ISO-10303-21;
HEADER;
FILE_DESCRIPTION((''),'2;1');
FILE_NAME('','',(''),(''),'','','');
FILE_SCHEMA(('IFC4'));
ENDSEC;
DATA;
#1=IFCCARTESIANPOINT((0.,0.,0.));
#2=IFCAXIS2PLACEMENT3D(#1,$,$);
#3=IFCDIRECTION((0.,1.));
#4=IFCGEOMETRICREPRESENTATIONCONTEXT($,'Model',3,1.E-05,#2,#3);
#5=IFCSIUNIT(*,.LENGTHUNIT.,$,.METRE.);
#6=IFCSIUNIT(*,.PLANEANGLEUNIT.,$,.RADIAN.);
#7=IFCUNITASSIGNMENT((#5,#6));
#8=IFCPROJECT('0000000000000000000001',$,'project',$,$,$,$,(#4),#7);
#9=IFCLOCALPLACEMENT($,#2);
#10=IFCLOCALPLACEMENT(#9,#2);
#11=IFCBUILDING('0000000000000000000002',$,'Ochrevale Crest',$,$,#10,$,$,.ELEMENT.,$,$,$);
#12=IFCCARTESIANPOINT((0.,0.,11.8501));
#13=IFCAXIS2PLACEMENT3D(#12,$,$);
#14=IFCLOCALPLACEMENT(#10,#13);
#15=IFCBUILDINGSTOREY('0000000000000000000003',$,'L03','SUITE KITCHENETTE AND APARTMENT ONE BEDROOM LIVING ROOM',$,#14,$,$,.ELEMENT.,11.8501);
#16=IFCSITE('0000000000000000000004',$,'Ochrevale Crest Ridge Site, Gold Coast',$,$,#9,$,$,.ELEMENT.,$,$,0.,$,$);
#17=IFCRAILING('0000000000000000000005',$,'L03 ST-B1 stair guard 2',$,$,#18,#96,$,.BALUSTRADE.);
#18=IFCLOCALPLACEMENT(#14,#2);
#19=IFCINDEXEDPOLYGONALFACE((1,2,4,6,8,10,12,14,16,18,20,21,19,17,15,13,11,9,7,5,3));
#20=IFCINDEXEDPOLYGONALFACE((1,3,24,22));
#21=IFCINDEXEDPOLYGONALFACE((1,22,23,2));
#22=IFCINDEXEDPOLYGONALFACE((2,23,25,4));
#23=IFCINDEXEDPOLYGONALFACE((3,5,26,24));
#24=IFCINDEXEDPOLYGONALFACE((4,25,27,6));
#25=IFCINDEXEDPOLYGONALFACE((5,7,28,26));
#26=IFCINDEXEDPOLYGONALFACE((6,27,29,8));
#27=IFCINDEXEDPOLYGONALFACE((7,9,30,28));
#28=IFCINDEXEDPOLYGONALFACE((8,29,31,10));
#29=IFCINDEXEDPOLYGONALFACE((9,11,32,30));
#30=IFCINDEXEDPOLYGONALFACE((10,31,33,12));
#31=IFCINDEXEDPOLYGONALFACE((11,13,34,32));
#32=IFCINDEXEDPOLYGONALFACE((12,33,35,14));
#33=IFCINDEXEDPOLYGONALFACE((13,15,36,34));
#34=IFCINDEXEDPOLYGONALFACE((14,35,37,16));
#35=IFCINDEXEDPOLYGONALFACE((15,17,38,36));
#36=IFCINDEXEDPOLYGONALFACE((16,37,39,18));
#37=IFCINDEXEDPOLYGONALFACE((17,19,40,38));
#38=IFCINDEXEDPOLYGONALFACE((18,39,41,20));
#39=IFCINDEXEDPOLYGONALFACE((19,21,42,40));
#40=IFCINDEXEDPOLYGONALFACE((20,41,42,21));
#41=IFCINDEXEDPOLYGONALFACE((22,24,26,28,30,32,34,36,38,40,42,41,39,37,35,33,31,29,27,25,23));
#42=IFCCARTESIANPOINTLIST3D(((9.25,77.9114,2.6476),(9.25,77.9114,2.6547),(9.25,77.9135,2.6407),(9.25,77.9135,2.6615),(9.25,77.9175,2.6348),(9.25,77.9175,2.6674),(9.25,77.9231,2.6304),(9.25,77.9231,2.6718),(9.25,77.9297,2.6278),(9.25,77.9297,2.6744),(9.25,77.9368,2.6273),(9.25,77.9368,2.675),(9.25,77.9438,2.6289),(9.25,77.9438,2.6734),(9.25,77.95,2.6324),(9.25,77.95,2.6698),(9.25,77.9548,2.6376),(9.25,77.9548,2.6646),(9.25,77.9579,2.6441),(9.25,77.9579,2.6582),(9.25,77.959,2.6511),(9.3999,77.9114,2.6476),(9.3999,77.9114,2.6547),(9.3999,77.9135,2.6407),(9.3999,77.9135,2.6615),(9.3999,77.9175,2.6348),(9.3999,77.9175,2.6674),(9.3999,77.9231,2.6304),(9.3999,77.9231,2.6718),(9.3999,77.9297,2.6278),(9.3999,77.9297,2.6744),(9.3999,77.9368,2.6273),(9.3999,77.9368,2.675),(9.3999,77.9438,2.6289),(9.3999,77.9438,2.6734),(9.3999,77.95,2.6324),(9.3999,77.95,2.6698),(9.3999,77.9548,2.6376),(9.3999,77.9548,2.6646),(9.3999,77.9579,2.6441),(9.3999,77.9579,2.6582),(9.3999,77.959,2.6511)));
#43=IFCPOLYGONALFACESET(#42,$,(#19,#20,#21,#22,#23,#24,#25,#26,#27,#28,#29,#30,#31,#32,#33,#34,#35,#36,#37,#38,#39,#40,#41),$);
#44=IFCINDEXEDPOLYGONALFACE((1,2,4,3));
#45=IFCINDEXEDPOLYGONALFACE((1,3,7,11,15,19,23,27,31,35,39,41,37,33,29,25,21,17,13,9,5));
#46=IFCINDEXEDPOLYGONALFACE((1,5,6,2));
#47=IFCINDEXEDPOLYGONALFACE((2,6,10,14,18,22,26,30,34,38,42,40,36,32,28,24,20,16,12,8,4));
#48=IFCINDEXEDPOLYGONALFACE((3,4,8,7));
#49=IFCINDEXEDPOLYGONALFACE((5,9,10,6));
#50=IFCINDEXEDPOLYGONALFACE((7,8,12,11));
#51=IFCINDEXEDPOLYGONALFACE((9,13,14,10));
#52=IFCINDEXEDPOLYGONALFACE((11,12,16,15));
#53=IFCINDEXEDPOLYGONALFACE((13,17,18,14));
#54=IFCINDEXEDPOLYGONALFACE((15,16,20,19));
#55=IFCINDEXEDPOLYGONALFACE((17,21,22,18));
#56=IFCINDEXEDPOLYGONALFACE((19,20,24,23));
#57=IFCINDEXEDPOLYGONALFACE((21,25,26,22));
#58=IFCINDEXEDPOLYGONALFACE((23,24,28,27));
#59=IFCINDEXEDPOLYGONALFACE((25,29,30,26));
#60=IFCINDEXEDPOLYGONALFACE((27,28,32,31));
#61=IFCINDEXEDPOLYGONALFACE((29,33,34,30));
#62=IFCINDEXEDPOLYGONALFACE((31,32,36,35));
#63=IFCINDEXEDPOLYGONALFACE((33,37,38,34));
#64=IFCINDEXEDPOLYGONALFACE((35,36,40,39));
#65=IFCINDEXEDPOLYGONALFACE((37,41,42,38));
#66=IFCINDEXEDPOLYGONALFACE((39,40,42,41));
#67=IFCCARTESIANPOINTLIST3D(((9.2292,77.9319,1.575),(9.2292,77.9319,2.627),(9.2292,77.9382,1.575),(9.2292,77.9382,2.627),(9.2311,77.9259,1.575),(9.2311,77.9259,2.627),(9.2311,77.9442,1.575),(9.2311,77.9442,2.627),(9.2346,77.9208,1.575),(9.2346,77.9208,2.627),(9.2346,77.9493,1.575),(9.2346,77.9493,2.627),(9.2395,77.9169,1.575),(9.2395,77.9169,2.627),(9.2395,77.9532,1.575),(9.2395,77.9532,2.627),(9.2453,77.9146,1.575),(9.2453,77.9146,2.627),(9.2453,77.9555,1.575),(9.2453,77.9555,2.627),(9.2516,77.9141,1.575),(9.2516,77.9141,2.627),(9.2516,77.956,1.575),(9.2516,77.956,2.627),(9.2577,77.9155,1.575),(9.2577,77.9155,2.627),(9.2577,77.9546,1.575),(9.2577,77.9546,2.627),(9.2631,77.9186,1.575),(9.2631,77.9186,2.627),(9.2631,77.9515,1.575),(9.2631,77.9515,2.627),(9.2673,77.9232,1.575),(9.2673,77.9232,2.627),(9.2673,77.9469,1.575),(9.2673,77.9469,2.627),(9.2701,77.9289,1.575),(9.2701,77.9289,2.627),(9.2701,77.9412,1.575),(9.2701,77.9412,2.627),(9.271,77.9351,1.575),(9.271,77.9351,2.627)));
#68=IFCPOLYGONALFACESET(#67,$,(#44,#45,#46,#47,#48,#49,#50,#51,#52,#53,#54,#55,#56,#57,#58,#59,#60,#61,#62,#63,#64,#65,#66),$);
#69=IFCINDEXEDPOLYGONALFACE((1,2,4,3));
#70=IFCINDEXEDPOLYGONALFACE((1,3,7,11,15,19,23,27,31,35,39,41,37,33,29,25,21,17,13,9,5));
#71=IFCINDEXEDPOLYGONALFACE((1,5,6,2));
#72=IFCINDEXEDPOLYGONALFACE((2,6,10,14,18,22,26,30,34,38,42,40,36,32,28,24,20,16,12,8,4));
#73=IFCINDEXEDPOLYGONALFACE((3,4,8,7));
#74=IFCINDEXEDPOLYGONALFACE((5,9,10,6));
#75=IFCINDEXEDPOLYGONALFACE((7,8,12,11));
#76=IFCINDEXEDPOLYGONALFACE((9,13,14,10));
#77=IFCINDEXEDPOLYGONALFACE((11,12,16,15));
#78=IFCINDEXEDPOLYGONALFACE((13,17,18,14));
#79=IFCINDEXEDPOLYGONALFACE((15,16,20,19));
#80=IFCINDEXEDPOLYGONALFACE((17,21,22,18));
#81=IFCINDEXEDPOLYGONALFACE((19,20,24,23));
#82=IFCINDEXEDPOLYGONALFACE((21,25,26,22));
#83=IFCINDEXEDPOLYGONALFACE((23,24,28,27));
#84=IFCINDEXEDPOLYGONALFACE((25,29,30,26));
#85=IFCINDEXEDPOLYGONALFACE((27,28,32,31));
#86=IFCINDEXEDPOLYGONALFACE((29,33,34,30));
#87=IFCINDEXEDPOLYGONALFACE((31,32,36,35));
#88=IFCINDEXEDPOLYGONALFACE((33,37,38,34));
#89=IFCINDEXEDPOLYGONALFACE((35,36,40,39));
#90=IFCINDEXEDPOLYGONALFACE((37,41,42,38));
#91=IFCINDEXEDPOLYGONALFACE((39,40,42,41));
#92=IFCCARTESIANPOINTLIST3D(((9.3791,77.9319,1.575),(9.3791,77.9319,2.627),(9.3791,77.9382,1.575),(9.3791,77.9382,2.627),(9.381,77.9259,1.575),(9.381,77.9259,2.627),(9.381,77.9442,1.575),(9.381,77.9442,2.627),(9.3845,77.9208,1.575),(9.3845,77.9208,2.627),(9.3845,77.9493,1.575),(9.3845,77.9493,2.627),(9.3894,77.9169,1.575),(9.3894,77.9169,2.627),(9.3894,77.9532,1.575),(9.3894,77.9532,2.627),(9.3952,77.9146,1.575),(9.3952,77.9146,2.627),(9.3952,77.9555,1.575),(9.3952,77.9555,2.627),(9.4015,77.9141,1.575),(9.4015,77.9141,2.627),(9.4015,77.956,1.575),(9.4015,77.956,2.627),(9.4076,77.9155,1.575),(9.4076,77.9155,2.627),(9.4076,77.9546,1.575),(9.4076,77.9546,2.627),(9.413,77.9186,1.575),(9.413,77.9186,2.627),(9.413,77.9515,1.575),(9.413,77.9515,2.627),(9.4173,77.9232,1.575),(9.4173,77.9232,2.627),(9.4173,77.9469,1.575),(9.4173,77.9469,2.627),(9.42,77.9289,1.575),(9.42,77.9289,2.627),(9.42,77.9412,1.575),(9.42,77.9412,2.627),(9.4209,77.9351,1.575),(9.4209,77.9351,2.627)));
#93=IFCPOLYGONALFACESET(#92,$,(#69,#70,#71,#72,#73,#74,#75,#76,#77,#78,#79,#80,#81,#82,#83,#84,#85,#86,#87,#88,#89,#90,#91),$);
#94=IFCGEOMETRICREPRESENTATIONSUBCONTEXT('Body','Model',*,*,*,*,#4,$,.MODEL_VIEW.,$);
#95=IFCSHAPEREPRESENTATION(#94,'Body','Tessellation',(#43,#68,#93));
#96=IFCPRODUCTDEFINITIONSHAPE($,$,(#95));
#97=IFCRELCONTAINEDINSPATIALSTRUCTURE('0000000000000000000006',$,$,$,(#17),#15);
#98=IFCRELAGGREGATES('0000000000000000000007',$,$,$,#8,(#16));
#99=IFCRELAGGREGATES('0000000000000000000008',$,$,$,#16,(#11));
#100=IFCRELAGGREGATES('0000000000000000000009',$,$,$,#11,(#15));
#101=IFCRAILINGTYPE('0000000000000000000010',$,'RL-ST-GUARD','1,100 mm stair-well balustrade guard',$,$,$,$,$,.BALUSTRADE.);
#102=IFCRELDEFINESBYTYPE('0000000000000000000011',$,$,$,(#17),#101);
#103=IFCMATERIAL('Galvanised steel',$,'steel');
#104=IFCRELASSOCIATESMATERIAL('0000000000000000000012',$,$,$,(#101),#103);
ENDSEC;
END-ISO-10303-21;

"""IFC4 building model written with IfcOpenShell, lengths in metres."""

from ifc_helpers import new_model, si_unit, direction, frame, origin, origin_2d, place, context, subcontext, project, spatial, circle, extrude, material, type_object, element, save


model = new_model("IFC4")

# Units and contexts
model_context = context("Model", 3, precision=1e-05, world=origin(), true_north=direction((0.0, 1.0)))
body_context = subcontext(model_context, "Body", "Model", "MODEL_VIEW")
ifc_project = project(units=[si_unit("LENGTHUNIT", "METRE"), si_unit("PLANEANGLEUNIT", "RADIAN")], contexts=[model_context])

# Site, building, storey
site_placement = place(None, origin())
site = spatial("IfcSite", under=ifc_project, at=site_placement, Name="Ochrevale Crest Ridge Site, Gold Coast", CompositionType="ELEMENT", RefElevation=0.0)
building_placement = place(site_placement, origin())
building = spatial("IfcBuilding", under=site, at=building_placement, Name="Ochrevale Crest", CompositionType="ELEMENT")
storey_placement = place(building_placement, frame((0.0, 0.0, 11.8501)))
storey = spatial("IfcBuildingStorey", under=building, at=storey_placement, Name="L03", Description="SUITE KITCHENETTE AND APARTMENT ONE BEDROOM LIVING ROOM", CompositionType="ELEMENT", Elevation=11.8501)

# Railing
ifc_material_1 = material(Name="Galvanised steel", Category="steel")
railing_type_1 = type_object("IfcRailingType", Name="RL-ST-GUARD", Description="1,100 mm stair-well balustrade guard", PredefinedType="BALUSTRADE", material=ifc_material_1)
railing_1_placement = place(storey_placement, frame((9.25, 77.9351, 1.575)))
element("IfcRailing", 1, at=railing_1_placement, inside=storey, type_object=railing_type_1, Name="L03 ST-B1 stair guard 2", PredefinedType="BALUSTRADE", context=body_context, shape_type="SweptSolid", body=[
    extrude(circle(Radius=0.0239, at=origin_2d()), frame((0.0, 0.0, 1.0762), z_axis=(1.0, 0.0, 0.0), x_axis=(0.0, 1.0, 0.0)), (0.0, 0.0, 1.0), 0.1499),
    extrude(circle(Radius=0.021, at=origin_2d()), origin(), (0.0, 0.0, 1.0), 1.052),
    extrude(circle(Radius=0.021, at=origin_2d()), frame((0.1499, 0.0, 0.0)), (0.0, 0.0, 1.0), 1.052),
])

save(model, "model.ifc")
